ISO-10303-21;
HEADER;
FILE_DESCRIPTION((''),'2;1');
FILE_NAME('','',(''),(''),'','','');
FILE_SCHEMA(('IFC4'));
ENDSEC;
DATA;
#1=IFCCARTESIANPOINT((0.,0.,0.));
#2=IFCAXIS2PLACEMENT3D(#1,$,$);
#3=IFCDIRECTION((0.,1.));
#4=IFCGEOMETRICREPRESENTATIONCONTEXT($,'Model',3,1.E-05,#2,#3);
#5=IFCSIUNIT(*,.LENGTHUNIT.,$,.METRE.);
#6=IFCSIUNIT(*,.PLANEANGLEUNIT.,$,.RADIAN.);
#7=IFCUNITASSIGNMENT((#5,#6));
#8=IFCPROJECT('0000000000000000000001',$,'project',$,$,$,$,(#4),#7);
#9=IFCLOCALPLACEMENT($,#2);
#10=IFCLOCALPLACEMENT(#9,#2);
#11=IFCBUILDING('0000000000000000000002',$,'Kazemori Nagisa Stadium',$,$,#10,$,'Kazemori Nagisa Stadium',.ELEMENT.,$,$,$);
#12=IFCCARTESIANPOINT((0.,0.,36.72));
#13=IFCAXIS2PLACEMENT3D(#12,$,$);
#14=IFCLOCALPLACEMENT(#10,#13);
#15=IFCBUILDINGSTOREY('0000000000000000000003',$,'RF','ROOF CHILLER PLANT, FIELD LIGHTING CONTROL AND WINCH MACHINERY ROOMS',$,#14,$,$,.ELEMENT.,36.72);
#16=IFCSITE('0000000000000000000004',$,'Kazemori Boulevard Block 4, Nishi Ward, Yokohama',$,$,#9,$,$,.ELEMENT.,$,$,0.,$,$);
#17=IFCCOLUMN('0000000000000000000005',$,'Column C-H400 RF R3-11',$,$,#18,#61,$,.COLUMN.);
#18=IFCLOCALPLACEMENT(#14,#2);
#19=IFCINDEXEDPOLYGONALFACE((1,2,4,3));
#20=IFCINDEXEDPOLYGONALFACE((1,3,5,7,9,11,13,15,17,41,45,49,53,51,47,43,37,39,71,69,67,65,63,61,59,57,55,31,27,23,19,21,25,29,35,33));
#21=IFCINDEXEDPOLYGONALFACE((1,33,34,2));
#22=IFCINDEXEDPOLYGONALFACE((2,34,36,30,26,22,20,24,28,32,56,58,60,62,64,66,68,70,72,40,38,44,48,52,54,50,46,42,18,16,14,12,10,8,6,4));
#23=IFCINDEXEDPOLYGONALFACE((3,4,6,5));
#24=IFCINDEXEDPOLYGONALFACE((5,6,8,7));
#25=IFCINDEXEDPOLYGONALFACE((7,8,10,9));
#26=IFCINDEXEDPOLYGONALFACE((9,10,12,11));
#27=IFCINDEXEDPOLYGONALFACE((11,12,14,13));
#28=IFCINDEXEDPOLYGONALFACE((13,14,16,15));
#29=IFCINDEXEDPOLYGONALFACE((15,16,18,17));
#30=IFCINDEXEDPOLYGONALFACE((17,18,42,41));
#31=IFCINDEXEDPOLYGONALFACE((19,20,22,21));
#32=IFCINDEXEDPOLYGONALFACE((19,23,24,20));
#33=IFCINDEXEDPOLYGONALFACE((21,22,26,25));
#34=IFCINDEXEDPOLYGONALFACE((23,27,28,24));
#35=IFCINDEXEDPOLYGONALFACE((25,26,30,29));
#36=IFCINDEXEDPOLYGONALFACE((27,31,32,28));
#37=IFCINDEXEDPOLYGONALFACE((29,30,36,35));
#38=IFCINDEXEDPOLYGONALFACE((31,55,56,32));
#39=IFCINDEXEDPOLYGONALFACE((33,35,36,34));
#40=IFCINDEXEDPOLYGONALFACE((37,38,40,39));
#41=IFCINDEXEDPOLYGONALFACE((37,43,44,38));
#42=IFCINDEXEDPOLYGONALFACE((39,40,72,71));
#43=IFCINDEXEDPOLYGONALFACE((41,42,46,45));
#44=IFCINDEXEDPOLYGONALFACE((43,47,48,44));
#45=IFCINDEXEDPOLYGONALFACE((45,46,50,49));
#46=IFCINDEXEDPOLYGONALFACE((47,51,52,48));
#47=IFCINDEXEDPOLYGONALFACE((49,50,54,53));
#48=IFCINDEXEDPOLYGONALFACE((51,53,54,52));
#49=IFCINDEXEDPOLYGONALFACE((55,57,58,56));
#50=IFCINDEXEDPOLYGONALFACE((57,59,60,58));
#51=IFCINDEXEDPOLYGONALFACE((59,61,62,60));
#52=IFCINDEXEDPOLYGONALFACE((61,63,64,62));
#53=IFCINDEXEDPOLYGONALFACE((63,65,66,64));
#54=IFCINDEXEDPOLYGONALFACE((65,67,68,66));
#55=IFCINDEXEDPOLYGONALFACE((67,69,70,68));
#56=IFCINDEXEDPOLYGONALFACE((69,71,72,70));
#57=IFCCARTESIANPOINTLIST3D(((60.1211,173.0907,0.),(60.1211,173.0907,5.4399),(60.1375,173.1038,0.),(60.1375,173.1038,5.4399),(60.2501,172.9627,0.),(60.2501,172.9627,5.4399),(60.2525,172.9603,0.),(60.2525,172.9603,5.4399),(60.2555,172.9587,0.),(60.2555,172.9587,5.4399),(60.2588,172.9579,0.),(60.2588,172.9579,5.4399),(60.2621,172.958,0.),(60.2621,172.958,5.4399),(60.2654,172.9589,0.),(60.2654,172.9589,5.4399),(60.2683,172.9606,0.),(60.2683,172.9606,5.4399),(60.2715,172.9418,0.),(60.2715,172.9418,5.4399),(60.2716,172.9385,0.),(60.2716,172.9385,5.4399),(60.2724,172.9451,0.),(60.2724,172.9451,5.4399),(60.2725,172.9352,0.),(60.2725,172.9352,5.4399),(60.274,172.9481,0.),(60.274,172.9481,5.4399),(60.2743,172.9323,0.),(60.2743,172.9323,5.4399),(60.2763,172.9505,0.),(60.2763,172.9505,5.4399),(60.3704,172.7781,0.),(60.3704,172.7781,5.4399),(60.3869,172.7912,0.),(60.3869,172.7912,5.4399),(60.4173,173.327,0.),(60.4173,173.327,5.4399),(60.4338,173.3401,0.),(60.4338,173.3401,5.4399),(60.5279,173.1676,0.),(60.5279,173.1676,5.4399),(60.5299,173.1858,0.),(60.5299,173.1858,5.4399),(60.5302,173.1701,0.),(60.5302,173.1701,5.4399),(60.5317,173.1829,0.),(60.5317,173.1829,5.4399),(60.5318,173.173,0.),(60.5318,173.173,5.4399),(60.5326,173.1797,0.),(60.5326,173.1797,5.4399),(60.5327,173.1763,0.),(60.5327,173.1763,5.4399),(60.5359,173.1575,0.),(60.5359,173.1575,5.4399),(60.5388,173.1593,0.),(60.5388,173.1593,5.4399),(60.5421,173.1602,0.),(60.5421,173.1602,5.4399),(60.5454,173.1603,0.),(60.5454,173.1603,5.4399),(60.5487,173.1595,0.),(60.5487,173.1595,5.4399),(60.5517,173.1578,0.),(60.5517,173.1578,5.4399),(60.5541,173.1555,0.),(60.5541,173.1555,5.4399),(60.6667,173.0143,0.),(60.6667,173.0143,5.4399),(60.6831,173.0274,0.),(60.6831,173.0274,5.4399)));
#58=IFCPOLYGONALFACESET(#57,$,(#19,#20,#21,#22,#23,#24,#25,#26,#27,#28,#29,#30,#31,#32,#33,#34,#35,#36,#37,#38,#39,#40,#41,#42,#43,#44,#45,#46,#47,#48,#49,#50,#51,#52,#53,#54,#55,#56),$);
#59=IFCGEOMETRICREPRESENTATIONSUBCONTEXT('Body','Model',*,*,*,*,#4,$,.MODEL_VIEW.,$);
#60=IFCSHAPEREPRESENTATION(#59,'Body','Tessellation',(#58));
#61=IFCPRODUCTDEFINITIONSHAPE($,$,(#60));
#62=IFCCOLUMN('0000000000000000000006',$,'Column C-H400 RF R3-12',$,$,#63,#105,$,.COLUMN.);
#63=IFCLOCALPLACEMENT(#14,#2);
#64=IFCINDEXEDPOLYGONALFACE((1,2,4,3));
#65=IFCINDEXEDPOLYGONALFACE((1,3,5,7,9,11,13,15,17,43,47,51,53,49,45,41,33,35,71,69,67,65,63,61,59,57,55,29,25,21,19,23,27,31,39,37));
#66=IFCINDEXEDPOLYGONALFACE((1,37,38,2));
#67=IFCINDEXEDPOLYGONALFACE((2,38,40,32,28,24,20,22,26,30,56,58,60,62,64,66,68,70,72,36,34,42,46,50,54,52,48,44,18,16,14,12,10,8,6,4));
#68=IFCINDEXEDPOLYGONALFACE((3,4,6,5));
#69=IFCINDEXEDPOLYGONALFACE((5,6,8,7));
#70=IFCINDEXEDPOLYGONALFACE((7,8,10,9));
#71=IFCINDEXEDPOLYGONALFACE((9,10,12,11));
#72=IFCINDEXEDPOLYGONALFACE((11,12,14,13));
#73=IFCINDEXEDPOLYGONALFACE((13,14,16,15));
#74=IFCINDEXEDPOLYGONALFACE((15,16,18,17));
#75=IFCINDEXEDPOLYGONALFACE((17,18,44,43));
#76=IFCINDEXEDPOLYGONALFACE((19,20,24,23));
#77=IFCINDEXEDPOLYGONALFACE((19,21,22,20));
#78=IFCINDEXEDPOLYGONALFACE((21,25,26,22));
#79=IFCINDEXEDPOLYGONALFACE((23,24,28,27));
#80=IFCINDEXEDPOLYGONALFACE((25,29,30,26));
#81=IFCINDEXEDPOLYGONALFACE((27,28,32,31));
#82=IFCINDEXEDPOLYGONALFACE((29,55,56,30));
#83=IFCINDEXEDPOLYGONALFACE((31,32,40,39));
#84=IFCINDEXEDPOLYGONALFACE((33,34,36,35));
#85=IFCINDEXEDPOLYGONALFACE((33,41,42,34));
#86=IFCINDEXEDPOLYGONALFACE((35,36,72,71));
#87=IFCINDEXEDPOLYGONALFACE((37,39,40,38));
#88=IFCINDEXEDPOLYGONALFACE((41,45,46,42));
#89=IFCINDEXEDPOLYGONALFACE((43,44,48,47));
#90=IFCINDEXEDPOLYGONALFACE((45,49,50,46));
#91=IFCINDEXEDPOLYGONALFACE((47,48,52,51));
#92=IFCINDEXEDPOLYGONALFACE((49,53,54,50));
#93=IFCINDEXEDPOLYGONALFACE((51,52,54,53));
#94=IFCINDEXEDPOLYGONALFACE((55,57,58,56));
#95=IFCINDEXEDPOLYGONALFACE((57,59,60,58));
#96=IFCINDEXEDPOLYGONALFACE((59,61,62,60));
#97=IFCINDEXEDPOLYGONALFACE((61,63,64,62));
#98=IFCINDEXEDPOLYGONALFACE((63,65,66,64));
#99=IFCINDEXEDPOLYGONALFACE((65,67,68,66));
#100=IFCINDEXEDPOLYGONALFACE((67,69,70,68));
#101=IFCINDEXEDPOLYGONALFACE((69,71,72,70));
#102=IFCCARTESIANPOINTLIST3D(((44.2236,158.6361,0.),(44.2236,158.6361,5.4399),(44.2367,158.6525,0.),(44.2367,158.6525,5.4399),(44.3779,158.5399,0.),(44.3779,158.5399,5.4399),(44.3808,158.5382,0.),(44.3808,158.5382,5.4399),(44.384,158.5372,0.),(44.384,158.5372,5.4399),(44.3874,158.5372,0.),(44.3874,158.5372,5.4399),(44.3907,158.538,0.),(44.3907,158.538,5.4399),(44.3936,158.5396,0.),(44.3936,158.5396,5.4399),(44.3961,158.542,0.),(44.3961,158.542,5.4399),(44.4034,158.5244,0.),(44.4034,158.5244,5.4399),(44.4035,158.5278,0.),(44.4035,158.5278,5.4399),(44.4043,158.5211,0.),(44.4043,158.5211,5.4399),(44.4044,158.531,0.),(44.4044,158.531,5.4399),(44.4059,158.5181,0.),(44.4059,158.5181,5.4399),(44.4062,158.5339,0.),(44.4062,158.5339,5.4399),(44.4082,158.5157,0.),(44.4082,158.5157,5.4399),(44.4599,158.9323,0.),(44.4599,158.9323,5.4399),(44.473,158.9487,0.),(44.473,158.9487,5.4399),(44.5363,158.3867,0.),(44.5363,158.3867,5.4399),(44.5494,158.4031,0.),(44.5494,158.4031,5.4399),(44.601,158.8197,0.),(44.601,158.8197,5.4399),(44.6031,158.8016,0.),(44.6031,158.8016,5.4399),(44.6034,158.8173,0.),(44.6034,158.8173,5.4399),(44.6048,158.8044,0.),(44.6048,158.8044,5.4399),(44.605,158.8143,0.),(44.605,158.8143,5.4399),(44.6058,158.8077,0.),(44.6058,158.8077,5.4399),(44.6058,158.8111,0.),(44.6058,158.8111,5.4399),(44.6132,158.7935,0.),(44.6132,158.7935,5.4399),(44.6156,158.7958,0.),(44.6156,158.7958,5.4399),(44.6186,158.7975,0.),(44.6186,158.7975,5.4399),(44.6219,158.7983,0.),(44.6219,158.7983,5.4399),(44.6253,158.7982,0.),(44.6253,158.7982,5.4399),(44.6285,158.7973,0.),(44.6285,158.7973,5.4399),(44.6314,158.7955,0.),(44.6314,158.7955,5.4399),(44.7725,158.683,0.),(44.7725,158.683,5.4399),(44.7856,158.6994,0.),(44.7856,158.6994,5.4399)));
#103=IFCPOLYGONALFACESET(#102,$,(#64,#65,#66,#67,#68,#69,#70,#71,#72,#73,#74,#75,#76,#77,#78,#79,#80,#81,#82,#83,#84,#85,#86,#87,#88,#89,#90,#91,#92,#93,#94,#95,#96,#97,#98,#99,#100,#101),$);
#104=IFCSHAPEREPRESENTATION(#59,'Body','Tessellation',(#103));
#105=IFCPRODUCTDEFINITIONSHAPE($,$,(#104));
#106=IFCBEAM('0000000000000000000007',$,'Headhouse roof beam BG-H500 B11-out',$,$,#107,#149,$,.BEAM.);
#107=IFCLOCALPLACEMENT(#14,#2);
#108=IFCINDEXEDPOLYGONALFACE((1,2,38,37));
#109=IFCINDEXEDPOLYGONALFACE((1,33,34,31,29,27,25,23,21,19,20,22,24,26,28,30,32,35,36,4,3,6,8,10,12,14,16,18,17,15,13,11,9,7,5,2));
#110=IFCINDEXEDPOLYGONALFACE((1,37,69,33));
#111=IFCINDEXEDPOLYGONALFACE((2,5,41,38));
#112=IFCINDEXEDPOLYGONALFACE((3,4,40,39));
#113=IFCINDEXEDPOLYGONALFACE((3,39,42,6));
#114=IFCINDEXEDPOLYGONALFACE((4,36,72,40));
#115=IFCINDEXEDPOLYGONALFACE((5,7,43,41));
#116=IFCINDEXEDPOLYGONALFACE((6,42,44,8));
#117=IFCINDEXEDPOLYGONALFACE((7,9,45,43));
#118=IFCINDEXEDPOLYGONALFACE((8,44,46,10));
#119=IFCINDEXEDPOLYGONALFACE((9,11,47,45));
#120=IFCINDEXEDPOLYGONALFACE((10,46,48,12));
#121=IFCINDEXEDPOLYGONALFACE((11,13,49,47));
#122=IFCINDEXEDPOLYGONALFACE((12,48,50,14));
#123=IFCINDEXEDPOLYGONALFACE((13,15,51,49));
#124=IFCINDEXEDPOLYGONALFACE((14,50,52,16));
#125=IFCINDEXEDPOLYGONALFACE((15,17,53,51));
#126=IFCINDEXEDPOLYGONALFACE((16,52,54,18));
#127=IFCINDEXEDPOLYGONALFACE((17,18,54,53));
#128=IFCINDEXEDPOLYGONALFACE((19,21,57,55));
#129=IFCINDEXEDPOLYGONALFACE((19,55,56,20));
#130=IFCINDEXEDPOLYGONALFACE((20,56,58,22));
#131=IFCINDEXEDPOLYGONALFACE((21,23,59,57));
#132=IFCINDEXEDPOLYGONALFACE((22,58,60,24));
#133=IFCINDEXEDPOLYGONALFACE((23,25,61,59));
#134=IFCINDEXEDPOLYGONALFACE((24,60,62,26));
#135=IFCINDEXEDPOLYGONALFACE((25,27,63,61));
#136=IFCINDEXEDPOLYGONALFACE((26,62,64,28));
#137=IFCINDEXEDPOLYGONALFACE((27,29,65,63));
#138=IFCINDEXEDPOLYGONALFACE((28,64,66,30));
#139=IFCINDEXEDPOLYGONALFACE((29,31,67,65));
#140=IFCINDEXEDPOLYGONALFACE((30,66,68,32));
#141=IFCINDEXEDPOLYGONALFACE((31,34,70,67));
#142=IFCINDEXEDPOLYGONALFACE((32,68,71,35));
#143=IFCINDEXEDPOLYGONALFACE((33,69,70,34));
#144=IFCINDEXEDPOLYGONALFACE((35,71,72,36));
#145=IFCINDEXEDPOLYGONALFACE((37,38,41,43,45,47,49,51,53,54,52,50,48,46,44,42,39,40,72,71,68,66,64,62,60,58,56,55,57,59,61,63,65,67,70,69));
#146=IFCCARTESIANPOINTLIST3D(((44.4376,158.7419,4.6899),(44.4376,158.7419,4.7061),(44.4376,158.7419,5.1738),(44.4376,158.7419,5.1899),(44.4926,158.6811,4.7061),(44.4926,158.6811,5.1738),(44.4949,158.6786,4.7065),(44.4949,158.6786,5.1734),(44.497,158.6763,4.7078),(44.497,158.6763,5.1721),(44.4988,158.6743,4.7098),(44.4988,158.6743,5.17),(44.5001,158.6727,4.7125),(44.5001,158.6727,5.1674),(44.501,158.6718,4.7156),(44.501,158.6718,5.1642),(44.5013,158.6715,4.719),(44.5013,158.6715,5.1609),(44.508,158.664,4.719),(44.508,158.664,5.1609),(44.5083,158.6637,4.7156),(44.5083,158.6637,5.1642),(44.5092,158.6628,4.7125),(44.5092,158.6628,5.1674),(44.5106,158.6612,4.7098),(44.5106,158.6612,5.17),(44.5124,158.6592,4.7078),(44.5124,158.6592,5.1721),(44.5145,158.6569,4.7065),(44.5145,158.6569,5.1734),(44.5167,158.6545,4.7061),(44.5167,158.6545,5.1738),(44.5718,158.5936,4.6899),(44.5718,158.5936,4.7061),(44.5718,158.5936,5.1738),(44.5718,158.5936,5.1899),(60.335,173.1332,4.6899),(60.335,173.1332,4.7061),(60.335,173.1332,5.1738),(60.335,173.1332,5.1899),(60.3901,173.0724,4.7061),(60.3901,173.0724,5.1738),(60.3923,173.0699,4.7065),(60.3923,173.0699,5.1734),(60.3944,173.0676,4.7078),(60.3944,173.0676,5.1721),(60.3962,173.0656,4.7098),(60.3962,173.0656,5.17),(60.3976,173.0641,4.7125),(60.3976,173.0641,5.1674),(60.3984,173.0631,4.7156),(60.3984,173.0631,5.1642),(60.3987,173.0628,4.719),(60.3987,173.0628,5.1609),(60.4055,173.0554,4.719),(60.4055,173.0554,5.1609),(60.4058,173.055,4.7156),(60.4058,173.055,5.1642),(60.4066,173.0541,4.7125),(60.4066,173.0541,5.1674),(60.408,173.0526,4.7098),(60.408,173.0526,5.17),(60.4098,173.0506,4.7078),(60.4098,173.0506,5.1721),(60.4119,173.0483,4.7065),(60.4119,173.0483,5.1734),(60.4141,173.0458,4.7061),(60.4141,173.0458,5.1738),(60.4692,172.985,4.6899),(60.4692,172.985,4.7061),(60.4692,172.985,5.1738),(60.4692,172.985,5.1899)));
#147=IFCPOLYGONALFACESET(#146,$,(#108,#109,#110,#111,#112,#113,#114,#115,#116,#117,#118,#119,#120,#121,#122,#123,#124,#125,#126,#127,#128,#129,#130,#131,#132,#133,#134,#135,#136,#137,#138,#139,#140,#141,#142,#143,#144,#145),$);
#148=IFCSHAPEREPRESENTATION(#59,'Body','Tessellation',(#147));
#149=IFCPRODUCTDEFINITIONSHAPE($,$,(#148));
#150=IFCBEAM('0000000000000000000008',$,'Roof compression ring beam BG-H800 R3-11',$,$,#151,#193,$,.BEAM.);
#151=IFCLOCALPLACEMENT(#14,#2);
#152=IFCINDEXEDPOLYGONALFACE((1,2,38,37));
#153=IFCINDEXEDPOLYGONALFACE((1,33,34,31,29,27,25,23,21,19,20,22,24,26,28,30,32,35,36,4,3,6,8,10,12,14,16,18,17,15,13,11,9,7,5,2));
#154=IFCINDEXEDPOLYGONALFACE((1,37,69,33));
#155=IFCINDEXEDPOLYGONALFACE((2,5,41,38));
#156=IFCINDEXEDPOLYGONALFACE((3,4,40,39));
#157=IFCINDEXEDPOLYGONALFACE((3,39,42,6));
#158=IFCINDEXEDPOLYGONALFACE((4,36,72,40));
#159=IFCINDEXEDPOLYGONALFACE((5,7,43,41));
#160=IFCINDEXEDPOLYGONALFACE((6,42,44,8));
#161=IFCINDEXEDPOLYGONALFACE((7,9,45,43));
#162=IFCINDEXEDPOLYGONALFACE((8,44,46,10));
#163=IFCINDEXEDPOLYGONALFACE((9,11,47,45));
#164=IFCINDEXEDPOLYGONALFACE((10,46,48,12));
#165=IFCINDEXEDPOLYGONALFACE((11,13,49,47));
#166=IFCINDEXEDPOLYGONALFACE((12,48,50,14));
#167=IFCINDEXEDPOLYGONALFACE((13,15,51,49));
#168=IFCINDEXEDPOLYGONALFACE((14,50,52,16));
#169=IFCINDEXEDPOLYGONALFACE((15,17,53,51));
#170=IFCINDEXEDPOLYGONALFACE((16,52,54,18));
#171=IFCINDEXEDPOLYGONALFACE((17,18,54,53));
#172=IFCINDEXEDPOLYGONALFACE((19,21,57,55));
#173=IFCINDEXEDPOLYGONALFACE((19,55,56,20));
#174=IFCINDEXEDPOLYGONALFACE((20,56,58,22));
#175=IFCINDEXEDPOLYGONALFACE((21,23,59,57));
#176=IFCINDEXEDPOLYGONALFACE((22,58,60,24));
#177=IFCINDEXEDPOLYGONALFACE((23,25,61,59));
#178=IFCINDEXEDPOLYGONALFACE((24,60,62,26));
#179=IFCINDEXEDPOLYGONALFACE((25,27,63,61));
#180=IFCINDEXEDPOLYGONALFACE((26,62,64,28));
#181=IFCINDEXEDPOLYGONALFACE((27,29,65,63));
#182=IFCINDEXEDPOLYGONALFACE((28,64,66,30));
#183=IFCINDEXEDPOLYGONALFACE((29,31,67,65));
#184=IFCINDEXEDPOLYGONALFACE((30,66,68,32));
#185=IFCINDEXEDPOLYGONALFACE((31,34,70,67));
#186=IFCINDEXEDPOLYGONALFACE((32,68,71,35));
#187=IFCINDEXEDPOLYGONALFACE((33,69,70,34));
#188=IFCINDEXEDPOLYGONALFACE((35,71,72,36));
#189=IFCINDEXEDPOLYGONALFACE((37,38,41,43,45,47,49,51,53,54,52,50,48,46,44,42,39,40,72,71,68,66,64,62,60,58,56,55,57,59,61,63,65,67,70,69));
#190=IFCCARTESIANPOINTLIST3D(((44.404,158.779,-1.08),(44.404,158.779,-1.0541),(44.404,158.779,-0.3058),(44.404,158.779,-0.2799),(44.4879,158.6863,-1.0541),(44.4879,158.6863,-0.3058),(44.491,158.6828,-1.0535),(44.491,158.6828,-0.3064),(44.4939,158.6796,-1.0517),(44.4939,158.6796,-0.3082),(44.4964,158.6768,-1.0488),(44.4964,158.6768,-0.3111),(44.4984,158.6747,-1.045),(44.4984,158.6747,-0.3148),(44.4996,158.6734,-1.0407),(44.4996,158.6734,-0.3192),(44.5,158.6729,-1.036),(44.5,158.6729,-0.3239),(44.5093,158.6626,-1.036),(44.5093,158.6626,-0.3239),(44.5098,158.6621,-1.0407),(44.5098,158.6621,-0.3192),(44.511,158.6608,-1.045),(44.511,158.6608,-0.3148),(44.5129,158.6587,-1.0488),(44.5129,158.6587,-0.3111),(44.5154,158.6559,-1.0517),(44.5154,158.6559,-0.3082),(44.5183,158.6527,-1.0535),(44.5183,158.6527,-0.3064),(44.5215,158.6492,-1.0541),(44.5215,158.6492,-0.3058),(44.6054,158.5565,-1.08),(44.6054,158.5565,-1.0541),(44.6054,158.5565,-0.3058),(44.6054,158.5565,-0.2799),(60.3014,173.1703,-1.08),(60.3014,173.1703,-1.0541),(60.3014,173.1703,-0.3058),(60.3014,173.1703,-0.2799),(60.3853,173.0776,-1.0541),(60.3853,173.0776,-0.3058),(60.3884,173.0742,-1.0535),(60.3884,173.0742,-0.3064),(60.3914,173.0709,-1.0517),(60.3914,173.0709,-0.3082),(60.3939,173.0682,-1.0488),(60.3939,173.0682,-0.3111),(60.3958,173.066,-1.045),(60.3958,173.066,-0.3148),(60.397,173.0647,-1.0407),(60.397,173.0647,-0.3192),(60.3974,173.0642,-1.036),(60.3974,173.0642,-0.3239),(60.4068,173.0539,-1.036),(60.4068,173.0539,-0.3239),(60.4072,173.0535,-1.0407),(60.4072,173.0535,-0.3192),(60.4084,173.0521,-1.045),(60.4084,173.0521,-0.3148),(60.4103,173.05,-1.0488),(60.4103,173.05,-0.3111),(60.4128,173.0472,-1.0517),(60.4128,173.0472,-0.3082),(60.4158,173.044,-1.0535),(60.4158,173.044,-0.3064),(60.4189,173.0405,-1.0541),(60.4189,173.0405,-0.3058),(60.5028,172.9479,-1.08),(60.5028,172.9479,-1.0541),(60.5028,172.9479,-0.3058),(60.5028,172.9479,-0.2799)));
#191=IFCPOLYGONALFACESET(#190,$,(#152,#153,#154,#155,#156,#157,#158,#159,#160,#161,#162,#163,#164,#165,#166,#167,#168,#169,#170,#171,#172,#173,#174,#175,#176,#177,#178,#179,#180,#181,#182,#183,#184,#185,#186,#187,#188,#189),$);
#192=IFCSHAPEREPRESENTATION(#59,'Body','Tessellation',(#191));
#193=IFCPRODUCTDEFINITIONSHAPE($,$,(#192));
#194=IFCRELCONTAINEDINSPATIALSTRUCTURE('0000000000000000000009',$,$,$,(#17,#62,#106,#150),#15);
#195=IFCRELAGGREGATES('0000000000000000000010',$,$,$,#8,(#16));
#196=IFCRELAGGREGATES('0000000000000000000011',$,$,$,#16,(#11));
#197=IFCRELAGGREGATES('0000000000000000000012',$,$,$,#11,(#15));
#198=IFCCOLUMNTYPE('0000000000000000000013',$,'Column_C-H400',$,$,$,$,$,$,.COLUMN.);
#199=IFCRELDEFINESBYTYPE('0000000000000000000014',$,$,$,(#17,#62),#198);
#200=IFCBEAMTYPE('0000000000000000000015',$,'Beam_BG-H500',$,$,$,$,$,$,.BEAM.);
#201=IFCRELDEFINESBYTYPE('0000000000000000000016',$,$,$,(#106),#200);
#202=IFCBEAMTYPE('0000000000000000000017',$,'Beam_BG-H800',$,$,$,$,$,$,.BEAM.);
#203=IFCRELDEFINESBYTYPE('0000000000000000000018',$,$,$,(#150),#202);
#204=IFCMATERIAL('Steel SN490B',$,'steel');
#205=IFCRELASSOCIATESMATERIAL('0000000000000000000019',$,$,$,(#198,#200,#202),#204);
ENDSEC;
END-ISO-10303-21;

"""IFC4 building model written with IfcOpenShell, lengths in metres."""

from ifc_helpers import new_model, si_unit, direction, frame, origin, origin_2d, place, context, subcontext, project, spatial, i_section, extrude, material, material_profile, profile_set, type_object, element, save


model = new_model("IFC4")

# Units and contexts
model_context = context("Model", 3, precision=1e-05, world=origin(), true_north=direction((0.0, 1.0)))
body_context = subcontext(model_context, "Body", "Model", "MODEL_VIEW")
ifc_project = project(units=[si_unit("LENGTHUNIT", "METRE"), si_unit("PLANEANGLEUNIT", "RADIAN")], contexts=[model_context])

# Site, building, storey
site_placement = place(None, origin())
site = spatial("IfcSite", under=ifc_project, at=site_placement, Name="Kazemori Boulevard Block 4, Nishi Ward, Yokohama", CompositionType="ELEMENT", RefElevation=0.0)
building_placement = place(site_placement, origin())
building = spatial("IfcBuilding", under=site, at=building_placement, Name="Kazemori Nagisa Stadium", LongName="Kazemori Nagisa Stadium", CompositionType="ELEMENT")
storey_placement = place(building_placement, frame((0.0, 0.0, 36.72)))
storey = spatial("IfcBuildingStorey", under=building, at=storey_placement, Name="RF", Description="ROOF CHILLER PLANT, FIELD LIGHTING CONTROL AND WINCH MACHINERY ROOMS", CompositionType="ELEMENT", Elevation=36.72)

# Columns
ifc_material_1 = material(Name="Steel SN490B", Category="steel")
ifc_material_profile_1 = material_profile(ifc_material_1, i_section(OverallWidth=0.3999, OverallDepth=0.3999, WebThickness=0.0129, FlangeThickness=0.021, FilletRadius=0.0129, at=origin_2d()), Name="H-400x400x13x21")
ifc_profile_set_1 = profile_set([ifc_material_profile_1], Name="Steel SN490B")
column_type = type_object("IfcColumnType", Name="Column_C-H400", PredefinedType="COLUMN", material=ifc_profile_set_1)
for number, where, z_axis, x_axis, name in (
    (1, (60.4021, 173.0591, 0.0), (0.0, 0.0, 1.0), (-0.62349, 0.781831, 0.0), "Column C-H400 RF R3-11"),
    (2, (44.5046, 158.6677, 0.0), (0.0, 0.0, 1.0), (-0.781831, 0.62349, 0.0), "Column C-H400 RF R3-12"),
):
    element("IfcColumn", number, at=place(storey_placement, frame(where, z_axis=z_axis, x_axis=x_axis)), inside=storey, type_object=column_type, Name=name, PredefinedType="COLUMN", context=body_context, shape_type="SweptSolid", body=[
        extrude(i_section(OverallWidth=0.3999, OverallDepth=0.3999, WebThickness=0.0129, FlangeThickness=0.021, FilletRadius=0.0129, at=origin_2d()), origin(), (0.0, 0.0, 1.0), 5.4399),
    ])

# Beams
ifc_material_profile_2 = material_profile(ifc_material_1, i_section(OverallWidth=0.2, OverallDepth=0.5, WebThickness=0.01, FlangeThickness=0.0161, FilletRadius=0.0129, at=origin_2d()), Name="H-500x200x10x16")
ifc_profile_set_2 = profile_set([ifc_material_profile_2], Name="Steel SN490B")
beam_type_1 = type_object("IfcBeamType", Name="Beam_BG-H500", PredefinedType="BEAM", material=ifc_profile_set_2)
beam_1_placement = place(storey_placement, frame((60.4021, 173.0591, 4.9399), z_axis=(-0.741352, -0.671117, 0.0), x_axis=(0.671117, -0.741352, 0.0)))
element("IfcBeam", 3, at=beam_1_placement, inside=storey, type_object=beam_type_1, Name="Headhouse roof beam BG-H500 B11-out", PredefinedType="BEAM", context=body_context, shape_type="SweptSolid", body=[
    extrude(i_section(OverallWidth=0.2, OverallDepth=0.5, WebThickness=0.01, FlangeThickness=0.0161, FilletRadius=0.0129, at=origin_2d()), origin(), (0.0, 0.0, 1.0), 21.4438),
])
ifc_material_profile_3 = material_profile(ifc_material_1, i_section(OverallWidth=0.3, OverallDepth=0.8, WebThickness=0.0139, FlangeThickness=0.0259, FilletRadius=0.0181, at=origin_2d()), Name="H-800x300x14x26")
ifc_profile_set_3 = profile_set([ifc_material_profile_3], Name="Steel SN490B")
beam_type_2 = type_object("IfcBeamType", Name="Beam_BG-H800", PredefinedType="BEAM", material=ifc_profile_set_3)
beam_2_placement = place(storey_placement, frame((60.4021, 173.0591, -0.6799), z_axis=(-0.741352, -0.671117, 0.0), x_axis=(0.671117, -0.741352, 0.0)))
element("IfcBeam", 4, at=beam_2_placement, inside=storey, type_object=beam_type_2, Name="Roof compression ring beam BG-H800 R3-11", PredefinedType="BEAM", context=body_context, shape_type="SweptSolid", body=[
    extrude(i_section(OverallWidth=0.3, OverallDepth=0.8, WebThickness=0.0139, FlangeThickness=0.0259, FilletRadius=0.0181, at=origin_2d()), origin(), (0.0, 0.0, 1.0), 21.4438),
])

save(model, "model.ifc")
